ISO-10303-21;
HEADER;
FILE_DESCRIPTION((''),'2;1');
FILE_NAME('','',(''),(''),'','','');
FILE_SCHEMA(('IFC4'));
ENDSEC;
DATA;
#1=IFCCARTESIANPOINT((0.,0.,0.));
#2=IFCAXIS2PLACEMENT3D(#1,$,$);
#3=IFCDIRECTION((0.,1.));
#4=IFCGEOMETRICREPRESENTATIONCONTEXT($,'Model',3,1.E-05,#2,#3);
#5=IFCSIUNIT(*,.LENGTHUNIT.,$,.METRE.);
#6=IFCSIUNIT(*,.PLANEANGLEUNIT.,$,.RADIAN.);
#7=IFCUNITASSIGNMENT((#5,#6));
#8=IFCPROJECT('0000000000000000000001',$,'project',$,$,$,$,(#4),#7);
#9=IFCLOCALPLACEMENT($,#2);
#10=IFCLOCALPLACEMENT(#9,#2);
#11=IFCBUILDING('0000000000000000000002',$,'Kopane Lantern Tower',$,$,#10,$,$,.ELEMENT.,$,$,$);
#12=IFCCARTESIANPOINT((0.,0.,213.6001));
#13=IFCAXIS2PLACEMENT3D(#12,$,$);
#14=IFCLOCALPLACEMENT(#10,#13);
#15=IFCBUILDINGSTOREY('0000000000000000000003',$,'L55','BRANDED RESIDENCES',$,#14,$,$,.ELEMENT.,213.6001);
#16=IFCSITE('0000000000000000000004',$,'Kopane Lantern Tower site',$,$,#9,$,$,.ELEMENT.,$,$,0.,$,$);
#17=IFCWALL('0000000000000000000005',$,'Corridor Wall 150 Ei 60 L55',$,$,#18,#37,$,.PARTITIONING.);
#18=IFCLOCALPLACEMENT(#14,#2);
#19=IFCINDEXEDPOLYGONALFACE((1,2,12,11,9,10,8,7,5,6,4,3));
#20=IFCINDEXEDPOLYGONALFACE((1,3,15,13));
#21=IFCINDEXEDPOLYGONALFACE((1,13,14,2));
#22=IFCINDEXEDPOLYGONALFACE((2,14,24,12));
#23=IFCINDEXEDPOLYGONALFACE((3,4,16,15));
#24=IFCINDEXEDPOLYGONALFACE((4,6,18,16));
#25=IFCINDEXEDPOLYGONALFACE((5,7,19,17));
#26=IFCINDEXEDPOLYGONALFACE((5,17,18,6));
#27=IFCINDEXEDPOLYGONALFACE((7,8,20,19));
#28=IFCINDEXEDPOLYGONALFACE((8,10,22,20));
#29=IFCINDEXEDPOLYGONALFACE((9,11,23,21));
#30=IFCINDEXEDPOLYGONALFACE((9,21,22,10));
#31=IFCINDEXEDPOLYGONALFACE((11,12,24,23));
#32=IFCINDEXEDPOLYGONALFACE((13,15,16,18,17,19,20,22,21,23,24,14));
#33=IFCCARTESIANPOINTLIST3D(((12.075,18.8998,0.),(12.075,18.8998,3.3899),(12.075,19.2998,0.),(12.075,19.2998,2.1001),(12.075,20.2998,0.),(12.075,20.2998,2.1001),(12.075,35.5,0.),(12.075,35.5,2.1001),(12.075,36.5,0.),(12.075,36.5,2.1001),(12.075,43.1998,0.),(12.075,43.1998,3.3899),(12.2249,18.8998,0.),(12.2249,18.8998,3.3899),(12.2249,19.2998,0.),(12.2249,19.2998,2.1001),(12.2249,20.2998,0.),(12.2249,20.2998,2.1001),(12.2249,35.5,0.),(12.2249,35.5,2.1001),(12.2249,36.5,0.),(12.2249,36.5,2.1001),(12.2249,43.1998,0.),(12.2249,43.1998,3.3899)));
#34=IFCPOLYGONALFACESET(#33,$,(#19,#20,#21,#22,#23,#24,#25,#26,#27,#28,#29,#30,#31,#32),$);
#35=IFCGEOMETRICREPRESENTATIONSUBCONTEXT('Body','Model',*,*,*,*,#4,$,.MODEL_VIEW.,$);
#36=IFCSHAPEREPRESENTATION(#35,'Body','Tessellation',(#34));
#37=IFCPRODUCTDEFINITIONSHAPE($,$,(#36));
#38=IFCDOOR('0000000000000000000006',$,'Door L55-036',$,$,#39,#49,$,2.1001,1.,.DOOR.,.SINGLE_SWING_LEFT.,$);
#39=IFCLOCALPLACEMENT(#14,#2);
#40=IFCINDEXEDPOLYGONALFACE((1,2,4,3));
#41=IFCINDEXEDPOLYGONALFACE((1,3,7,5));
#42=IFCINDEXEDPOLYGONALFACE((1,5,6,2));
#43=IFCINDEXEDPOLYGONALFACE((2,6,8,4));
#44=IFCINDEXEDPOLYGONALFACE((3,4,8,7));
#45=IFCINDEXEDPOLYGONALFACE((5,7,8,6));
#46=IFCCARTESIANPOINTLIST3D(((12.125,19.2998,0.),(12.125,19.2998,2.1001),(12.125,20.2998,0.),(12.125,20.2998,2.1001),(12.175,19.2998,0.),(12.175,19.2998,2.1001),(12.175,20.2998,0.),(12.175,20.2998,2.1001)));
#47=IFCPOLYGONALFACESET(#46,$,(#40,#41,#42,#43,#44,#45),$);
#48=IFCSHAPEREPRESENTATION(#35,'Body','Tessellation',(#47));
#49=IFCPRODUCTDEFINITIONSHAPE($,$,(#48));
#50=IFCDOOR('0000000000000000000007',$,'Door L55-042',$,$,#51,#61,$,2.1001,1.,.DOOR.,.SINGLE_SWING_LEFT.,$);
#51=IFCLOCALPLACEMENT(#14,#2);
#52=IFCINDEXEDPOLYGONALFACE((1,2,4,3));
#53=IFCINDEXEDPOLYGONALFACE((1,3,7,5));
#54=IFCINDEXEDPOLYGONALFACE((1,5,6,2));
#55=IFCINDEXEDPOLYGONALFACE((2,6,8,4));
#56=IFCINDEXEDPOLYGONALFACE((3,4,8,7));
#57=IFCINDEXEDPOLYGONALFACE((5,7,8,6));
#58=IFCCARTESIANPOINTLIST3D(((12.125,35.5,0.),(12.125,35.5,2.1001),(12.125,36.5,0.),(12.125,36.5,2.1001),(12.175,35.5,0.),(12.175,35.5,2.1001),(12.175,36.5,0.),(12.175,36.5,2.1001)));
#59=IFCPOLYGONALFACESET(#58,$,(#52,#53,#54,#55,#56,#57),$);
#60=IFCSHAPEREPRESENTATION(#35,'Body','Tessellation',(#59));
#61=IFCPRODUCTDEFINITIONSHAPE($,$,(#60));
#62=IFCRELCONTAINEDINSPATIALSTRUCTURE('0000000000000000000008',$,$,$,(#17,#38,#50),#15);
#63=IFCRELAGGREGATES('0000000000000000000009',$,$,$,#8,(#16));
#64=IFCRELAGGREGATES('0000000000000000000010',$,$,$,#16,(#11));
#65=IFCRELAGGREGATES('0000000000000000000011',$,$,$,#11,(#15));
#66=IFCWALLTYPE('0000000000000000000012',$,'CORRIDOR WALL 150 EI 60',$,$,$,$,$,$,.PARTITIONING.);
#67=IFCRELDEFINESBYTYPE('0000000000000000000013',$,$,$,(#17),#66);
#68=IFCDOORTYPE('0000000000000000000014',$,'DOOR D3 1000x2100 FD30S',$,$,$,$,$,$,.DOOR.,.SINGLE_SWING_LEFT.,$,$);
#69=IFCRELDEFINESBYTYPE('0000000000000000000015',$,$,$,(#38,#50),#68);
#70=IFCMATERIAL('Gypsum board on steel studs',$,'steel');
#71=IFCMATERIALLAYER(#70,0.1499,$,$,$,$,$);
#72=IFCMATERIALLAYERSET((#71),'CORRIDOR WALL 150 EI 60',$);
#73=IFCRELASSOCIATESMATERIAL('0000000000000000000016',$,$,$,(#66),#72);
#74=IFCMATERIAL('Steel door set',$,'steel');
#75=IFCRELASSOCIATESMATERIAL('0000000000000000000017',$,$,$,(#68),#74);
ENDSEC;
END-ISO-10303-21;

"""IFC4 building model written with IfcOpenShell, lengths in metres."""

from ifc_helpers import new_model, si_unit, direction, frame, frame_2d, origin, place, context, subcontext, project, spatial, rectangle, extrude, material, layer, layer_set, type_object, element, fill, save


model = new_model("IFC4")

# Units and contexts
model_context = context("Model", 3, precision=1e-05, world=origin(), true_north=direction((0.0, 1.0)))
body_context = subcontext(model_context, "Body", "Model", "MODEL_VIEW")
ifc_project = project(units=[si_unit("LENGTHUNIT", "METRE"), si_unit("PLANEANGLEUNIT", "RADIAN")], contexts=[model_context])

# Site, building, storey
site_placement = place(None, origin())
site = spatial("IfcSite", under=ifc_project, at=site_placement, Name="Kopane Lantern Tower site", CompositionType="ELEMENT", RefElevation=0.0)
building_placement = place(site_placement, origin())
building = spatial("IfcBuilding", under=site, at=building_placement, Name="Kopane Lantern Tower", CompositionType="ELEMENT")
storey_placement = place(building_placement, frame((0.0, 0.0, 213.6001)))
storey = spatial("IfcBuildingStorey", under=building, at=storey_placement, Name="L55", Description="BRANDED RESIDENCES", CompositionType="ELEMENT", Elevation=213.6001)

# Wall, openings, doors
ifc_material_1 = material(Name="Gypsum board on steel studs", Category="steel")
ifc_layer_1 = layer(ifc_material_1, 0.1499)
ifc_layer_set_1 = layer_set([ifc_layer_1], Name="CORRIDOR WALL 150 EI 60")
wall_type_1 = type_object("IfcWallType", Name="CORRIDOR WALL 150 EI 60", PredefinedType="PARTITIONING", material=ifc_layer_set_1)
ifc_material_2 = material(Name="Steel door set", Category="steel")
door_type_1 = type_object("IfcDoorType", Name="DOOR D3 1000x2100 FD30S", OperationType="SINGLE_SWING_LEFT", PredefinedType="DOOR", material=ifc_material_2)
wall_1_placement = place(storey_placement, frame((12.1499, 18.8999, 0.0), z_axis=(0.0, 0.0, 1.0), x_axis=(0.0, 1.0, 0.0)))
wall_1 = element("IfcWall", 1, at=wall_1_placement, inside=storey, type_object=wall_type_1, Name="Corridor Wall 150 Ei 60 L55", PredefinedType="PARTITIONING", context=body_context, shape_type="SweptSolid", body=[
    extrude(rectangle(XDim=24.3, YDim=0.1499, at=frame_2d((12.1499, 0.0))), origin(), (0.0, 0.0, 1.0), 3.3899),
])
opening_1_placement = place(wall_1_placement, frame((0.3999, 0.0, 0.0)))
opening_1 = element("IfcOpeningElement", 2, at=opening_1_placement, cuts=wall_1, PredefinedType="OPENING", context=body_context, shape_type="SweptSolid", body=[
    extrude(rectangle(XDim=1.0, YDim=2.1001, at=frame_2d((0.5, 1.05))), frame((0.0, 0.085, 0.0), z_axis=(0.0, -1.0, 0.0), x_axis=(1.0, 0.0, 0.0)), (0.0, 0.0, 1.0), 0.1699),
])
opening_2_placement = place(wall_1_placement, frame((16.6001, 0.0, 0.0)))
opening_2 = element("IfcOpeningElement", 3, at=opening_2_placement, cuts=wall_1, PredefinedType="OPENING", context=body_context, shape_type="SweptSolid", body=[
    extrude(rectangle(XDim=1.0, YDim=2.1001, at=frame_2d((0.5, 1.05))), frame((0.0, 0.085, 0.0), z_axis=(0.0, -1.0, 0.0), x_axis=(1.0, 0.0, 0.0)), (0.0, 0.0, 1.0), 0.1699),
])
door_1_placement = place(opening_1_placement, origin())
door_1 = element("IfcDoor", 4, at=door_1_placement, inside=storey, type_object=door_type_1, Name="Door L55-036", OperationType="SINGLE_SWING_LEFT", OverallHeight=2.1001, OverallWidth=1.0, PredefinedType="DOOR", context=body_context, shape_type="SweptSolid", body=[
    extrude(rectangle(XDim=1.0, YDim=2.1001, at=frame_2d((0.5, 1.05))), frame((0.0, 0.0249, 0.0), z_axis=(0.0, -1.0, 0.0), x_axis=(1.0, 0.0, 0.0)), (0.0, 0.0, 1.0), 0.05),
])
fill(opening_1, door_1)
door_2_placement = place(opening_2_placement, origin())
door_2 = element("IfcDoor", 5, at=door_2_placement, inside=storey, type_object=door_type_1, Name="Door L55-042", OperationType="SINGLE_SWING_LEFT", OverallHeight=2.1001, OverallWidth=1.0, PredefinedType="DOOR", context=body_context, shape_type="SweptSolid", body=[
    extrude(rectangle(XDim=1.0, YDim=2.1001, at=frame_2d((0.5, 1.05))), frame((0.0, 0.0249, 0.0), z_axis=(0.0, -1.0, 0.0), x_axis=(1.0, 0.0, 0.0)), (0.0, 0.0, 1.0), 0.05),
])
fill(opening_2, door_2)

save(model, "model.ifc")
